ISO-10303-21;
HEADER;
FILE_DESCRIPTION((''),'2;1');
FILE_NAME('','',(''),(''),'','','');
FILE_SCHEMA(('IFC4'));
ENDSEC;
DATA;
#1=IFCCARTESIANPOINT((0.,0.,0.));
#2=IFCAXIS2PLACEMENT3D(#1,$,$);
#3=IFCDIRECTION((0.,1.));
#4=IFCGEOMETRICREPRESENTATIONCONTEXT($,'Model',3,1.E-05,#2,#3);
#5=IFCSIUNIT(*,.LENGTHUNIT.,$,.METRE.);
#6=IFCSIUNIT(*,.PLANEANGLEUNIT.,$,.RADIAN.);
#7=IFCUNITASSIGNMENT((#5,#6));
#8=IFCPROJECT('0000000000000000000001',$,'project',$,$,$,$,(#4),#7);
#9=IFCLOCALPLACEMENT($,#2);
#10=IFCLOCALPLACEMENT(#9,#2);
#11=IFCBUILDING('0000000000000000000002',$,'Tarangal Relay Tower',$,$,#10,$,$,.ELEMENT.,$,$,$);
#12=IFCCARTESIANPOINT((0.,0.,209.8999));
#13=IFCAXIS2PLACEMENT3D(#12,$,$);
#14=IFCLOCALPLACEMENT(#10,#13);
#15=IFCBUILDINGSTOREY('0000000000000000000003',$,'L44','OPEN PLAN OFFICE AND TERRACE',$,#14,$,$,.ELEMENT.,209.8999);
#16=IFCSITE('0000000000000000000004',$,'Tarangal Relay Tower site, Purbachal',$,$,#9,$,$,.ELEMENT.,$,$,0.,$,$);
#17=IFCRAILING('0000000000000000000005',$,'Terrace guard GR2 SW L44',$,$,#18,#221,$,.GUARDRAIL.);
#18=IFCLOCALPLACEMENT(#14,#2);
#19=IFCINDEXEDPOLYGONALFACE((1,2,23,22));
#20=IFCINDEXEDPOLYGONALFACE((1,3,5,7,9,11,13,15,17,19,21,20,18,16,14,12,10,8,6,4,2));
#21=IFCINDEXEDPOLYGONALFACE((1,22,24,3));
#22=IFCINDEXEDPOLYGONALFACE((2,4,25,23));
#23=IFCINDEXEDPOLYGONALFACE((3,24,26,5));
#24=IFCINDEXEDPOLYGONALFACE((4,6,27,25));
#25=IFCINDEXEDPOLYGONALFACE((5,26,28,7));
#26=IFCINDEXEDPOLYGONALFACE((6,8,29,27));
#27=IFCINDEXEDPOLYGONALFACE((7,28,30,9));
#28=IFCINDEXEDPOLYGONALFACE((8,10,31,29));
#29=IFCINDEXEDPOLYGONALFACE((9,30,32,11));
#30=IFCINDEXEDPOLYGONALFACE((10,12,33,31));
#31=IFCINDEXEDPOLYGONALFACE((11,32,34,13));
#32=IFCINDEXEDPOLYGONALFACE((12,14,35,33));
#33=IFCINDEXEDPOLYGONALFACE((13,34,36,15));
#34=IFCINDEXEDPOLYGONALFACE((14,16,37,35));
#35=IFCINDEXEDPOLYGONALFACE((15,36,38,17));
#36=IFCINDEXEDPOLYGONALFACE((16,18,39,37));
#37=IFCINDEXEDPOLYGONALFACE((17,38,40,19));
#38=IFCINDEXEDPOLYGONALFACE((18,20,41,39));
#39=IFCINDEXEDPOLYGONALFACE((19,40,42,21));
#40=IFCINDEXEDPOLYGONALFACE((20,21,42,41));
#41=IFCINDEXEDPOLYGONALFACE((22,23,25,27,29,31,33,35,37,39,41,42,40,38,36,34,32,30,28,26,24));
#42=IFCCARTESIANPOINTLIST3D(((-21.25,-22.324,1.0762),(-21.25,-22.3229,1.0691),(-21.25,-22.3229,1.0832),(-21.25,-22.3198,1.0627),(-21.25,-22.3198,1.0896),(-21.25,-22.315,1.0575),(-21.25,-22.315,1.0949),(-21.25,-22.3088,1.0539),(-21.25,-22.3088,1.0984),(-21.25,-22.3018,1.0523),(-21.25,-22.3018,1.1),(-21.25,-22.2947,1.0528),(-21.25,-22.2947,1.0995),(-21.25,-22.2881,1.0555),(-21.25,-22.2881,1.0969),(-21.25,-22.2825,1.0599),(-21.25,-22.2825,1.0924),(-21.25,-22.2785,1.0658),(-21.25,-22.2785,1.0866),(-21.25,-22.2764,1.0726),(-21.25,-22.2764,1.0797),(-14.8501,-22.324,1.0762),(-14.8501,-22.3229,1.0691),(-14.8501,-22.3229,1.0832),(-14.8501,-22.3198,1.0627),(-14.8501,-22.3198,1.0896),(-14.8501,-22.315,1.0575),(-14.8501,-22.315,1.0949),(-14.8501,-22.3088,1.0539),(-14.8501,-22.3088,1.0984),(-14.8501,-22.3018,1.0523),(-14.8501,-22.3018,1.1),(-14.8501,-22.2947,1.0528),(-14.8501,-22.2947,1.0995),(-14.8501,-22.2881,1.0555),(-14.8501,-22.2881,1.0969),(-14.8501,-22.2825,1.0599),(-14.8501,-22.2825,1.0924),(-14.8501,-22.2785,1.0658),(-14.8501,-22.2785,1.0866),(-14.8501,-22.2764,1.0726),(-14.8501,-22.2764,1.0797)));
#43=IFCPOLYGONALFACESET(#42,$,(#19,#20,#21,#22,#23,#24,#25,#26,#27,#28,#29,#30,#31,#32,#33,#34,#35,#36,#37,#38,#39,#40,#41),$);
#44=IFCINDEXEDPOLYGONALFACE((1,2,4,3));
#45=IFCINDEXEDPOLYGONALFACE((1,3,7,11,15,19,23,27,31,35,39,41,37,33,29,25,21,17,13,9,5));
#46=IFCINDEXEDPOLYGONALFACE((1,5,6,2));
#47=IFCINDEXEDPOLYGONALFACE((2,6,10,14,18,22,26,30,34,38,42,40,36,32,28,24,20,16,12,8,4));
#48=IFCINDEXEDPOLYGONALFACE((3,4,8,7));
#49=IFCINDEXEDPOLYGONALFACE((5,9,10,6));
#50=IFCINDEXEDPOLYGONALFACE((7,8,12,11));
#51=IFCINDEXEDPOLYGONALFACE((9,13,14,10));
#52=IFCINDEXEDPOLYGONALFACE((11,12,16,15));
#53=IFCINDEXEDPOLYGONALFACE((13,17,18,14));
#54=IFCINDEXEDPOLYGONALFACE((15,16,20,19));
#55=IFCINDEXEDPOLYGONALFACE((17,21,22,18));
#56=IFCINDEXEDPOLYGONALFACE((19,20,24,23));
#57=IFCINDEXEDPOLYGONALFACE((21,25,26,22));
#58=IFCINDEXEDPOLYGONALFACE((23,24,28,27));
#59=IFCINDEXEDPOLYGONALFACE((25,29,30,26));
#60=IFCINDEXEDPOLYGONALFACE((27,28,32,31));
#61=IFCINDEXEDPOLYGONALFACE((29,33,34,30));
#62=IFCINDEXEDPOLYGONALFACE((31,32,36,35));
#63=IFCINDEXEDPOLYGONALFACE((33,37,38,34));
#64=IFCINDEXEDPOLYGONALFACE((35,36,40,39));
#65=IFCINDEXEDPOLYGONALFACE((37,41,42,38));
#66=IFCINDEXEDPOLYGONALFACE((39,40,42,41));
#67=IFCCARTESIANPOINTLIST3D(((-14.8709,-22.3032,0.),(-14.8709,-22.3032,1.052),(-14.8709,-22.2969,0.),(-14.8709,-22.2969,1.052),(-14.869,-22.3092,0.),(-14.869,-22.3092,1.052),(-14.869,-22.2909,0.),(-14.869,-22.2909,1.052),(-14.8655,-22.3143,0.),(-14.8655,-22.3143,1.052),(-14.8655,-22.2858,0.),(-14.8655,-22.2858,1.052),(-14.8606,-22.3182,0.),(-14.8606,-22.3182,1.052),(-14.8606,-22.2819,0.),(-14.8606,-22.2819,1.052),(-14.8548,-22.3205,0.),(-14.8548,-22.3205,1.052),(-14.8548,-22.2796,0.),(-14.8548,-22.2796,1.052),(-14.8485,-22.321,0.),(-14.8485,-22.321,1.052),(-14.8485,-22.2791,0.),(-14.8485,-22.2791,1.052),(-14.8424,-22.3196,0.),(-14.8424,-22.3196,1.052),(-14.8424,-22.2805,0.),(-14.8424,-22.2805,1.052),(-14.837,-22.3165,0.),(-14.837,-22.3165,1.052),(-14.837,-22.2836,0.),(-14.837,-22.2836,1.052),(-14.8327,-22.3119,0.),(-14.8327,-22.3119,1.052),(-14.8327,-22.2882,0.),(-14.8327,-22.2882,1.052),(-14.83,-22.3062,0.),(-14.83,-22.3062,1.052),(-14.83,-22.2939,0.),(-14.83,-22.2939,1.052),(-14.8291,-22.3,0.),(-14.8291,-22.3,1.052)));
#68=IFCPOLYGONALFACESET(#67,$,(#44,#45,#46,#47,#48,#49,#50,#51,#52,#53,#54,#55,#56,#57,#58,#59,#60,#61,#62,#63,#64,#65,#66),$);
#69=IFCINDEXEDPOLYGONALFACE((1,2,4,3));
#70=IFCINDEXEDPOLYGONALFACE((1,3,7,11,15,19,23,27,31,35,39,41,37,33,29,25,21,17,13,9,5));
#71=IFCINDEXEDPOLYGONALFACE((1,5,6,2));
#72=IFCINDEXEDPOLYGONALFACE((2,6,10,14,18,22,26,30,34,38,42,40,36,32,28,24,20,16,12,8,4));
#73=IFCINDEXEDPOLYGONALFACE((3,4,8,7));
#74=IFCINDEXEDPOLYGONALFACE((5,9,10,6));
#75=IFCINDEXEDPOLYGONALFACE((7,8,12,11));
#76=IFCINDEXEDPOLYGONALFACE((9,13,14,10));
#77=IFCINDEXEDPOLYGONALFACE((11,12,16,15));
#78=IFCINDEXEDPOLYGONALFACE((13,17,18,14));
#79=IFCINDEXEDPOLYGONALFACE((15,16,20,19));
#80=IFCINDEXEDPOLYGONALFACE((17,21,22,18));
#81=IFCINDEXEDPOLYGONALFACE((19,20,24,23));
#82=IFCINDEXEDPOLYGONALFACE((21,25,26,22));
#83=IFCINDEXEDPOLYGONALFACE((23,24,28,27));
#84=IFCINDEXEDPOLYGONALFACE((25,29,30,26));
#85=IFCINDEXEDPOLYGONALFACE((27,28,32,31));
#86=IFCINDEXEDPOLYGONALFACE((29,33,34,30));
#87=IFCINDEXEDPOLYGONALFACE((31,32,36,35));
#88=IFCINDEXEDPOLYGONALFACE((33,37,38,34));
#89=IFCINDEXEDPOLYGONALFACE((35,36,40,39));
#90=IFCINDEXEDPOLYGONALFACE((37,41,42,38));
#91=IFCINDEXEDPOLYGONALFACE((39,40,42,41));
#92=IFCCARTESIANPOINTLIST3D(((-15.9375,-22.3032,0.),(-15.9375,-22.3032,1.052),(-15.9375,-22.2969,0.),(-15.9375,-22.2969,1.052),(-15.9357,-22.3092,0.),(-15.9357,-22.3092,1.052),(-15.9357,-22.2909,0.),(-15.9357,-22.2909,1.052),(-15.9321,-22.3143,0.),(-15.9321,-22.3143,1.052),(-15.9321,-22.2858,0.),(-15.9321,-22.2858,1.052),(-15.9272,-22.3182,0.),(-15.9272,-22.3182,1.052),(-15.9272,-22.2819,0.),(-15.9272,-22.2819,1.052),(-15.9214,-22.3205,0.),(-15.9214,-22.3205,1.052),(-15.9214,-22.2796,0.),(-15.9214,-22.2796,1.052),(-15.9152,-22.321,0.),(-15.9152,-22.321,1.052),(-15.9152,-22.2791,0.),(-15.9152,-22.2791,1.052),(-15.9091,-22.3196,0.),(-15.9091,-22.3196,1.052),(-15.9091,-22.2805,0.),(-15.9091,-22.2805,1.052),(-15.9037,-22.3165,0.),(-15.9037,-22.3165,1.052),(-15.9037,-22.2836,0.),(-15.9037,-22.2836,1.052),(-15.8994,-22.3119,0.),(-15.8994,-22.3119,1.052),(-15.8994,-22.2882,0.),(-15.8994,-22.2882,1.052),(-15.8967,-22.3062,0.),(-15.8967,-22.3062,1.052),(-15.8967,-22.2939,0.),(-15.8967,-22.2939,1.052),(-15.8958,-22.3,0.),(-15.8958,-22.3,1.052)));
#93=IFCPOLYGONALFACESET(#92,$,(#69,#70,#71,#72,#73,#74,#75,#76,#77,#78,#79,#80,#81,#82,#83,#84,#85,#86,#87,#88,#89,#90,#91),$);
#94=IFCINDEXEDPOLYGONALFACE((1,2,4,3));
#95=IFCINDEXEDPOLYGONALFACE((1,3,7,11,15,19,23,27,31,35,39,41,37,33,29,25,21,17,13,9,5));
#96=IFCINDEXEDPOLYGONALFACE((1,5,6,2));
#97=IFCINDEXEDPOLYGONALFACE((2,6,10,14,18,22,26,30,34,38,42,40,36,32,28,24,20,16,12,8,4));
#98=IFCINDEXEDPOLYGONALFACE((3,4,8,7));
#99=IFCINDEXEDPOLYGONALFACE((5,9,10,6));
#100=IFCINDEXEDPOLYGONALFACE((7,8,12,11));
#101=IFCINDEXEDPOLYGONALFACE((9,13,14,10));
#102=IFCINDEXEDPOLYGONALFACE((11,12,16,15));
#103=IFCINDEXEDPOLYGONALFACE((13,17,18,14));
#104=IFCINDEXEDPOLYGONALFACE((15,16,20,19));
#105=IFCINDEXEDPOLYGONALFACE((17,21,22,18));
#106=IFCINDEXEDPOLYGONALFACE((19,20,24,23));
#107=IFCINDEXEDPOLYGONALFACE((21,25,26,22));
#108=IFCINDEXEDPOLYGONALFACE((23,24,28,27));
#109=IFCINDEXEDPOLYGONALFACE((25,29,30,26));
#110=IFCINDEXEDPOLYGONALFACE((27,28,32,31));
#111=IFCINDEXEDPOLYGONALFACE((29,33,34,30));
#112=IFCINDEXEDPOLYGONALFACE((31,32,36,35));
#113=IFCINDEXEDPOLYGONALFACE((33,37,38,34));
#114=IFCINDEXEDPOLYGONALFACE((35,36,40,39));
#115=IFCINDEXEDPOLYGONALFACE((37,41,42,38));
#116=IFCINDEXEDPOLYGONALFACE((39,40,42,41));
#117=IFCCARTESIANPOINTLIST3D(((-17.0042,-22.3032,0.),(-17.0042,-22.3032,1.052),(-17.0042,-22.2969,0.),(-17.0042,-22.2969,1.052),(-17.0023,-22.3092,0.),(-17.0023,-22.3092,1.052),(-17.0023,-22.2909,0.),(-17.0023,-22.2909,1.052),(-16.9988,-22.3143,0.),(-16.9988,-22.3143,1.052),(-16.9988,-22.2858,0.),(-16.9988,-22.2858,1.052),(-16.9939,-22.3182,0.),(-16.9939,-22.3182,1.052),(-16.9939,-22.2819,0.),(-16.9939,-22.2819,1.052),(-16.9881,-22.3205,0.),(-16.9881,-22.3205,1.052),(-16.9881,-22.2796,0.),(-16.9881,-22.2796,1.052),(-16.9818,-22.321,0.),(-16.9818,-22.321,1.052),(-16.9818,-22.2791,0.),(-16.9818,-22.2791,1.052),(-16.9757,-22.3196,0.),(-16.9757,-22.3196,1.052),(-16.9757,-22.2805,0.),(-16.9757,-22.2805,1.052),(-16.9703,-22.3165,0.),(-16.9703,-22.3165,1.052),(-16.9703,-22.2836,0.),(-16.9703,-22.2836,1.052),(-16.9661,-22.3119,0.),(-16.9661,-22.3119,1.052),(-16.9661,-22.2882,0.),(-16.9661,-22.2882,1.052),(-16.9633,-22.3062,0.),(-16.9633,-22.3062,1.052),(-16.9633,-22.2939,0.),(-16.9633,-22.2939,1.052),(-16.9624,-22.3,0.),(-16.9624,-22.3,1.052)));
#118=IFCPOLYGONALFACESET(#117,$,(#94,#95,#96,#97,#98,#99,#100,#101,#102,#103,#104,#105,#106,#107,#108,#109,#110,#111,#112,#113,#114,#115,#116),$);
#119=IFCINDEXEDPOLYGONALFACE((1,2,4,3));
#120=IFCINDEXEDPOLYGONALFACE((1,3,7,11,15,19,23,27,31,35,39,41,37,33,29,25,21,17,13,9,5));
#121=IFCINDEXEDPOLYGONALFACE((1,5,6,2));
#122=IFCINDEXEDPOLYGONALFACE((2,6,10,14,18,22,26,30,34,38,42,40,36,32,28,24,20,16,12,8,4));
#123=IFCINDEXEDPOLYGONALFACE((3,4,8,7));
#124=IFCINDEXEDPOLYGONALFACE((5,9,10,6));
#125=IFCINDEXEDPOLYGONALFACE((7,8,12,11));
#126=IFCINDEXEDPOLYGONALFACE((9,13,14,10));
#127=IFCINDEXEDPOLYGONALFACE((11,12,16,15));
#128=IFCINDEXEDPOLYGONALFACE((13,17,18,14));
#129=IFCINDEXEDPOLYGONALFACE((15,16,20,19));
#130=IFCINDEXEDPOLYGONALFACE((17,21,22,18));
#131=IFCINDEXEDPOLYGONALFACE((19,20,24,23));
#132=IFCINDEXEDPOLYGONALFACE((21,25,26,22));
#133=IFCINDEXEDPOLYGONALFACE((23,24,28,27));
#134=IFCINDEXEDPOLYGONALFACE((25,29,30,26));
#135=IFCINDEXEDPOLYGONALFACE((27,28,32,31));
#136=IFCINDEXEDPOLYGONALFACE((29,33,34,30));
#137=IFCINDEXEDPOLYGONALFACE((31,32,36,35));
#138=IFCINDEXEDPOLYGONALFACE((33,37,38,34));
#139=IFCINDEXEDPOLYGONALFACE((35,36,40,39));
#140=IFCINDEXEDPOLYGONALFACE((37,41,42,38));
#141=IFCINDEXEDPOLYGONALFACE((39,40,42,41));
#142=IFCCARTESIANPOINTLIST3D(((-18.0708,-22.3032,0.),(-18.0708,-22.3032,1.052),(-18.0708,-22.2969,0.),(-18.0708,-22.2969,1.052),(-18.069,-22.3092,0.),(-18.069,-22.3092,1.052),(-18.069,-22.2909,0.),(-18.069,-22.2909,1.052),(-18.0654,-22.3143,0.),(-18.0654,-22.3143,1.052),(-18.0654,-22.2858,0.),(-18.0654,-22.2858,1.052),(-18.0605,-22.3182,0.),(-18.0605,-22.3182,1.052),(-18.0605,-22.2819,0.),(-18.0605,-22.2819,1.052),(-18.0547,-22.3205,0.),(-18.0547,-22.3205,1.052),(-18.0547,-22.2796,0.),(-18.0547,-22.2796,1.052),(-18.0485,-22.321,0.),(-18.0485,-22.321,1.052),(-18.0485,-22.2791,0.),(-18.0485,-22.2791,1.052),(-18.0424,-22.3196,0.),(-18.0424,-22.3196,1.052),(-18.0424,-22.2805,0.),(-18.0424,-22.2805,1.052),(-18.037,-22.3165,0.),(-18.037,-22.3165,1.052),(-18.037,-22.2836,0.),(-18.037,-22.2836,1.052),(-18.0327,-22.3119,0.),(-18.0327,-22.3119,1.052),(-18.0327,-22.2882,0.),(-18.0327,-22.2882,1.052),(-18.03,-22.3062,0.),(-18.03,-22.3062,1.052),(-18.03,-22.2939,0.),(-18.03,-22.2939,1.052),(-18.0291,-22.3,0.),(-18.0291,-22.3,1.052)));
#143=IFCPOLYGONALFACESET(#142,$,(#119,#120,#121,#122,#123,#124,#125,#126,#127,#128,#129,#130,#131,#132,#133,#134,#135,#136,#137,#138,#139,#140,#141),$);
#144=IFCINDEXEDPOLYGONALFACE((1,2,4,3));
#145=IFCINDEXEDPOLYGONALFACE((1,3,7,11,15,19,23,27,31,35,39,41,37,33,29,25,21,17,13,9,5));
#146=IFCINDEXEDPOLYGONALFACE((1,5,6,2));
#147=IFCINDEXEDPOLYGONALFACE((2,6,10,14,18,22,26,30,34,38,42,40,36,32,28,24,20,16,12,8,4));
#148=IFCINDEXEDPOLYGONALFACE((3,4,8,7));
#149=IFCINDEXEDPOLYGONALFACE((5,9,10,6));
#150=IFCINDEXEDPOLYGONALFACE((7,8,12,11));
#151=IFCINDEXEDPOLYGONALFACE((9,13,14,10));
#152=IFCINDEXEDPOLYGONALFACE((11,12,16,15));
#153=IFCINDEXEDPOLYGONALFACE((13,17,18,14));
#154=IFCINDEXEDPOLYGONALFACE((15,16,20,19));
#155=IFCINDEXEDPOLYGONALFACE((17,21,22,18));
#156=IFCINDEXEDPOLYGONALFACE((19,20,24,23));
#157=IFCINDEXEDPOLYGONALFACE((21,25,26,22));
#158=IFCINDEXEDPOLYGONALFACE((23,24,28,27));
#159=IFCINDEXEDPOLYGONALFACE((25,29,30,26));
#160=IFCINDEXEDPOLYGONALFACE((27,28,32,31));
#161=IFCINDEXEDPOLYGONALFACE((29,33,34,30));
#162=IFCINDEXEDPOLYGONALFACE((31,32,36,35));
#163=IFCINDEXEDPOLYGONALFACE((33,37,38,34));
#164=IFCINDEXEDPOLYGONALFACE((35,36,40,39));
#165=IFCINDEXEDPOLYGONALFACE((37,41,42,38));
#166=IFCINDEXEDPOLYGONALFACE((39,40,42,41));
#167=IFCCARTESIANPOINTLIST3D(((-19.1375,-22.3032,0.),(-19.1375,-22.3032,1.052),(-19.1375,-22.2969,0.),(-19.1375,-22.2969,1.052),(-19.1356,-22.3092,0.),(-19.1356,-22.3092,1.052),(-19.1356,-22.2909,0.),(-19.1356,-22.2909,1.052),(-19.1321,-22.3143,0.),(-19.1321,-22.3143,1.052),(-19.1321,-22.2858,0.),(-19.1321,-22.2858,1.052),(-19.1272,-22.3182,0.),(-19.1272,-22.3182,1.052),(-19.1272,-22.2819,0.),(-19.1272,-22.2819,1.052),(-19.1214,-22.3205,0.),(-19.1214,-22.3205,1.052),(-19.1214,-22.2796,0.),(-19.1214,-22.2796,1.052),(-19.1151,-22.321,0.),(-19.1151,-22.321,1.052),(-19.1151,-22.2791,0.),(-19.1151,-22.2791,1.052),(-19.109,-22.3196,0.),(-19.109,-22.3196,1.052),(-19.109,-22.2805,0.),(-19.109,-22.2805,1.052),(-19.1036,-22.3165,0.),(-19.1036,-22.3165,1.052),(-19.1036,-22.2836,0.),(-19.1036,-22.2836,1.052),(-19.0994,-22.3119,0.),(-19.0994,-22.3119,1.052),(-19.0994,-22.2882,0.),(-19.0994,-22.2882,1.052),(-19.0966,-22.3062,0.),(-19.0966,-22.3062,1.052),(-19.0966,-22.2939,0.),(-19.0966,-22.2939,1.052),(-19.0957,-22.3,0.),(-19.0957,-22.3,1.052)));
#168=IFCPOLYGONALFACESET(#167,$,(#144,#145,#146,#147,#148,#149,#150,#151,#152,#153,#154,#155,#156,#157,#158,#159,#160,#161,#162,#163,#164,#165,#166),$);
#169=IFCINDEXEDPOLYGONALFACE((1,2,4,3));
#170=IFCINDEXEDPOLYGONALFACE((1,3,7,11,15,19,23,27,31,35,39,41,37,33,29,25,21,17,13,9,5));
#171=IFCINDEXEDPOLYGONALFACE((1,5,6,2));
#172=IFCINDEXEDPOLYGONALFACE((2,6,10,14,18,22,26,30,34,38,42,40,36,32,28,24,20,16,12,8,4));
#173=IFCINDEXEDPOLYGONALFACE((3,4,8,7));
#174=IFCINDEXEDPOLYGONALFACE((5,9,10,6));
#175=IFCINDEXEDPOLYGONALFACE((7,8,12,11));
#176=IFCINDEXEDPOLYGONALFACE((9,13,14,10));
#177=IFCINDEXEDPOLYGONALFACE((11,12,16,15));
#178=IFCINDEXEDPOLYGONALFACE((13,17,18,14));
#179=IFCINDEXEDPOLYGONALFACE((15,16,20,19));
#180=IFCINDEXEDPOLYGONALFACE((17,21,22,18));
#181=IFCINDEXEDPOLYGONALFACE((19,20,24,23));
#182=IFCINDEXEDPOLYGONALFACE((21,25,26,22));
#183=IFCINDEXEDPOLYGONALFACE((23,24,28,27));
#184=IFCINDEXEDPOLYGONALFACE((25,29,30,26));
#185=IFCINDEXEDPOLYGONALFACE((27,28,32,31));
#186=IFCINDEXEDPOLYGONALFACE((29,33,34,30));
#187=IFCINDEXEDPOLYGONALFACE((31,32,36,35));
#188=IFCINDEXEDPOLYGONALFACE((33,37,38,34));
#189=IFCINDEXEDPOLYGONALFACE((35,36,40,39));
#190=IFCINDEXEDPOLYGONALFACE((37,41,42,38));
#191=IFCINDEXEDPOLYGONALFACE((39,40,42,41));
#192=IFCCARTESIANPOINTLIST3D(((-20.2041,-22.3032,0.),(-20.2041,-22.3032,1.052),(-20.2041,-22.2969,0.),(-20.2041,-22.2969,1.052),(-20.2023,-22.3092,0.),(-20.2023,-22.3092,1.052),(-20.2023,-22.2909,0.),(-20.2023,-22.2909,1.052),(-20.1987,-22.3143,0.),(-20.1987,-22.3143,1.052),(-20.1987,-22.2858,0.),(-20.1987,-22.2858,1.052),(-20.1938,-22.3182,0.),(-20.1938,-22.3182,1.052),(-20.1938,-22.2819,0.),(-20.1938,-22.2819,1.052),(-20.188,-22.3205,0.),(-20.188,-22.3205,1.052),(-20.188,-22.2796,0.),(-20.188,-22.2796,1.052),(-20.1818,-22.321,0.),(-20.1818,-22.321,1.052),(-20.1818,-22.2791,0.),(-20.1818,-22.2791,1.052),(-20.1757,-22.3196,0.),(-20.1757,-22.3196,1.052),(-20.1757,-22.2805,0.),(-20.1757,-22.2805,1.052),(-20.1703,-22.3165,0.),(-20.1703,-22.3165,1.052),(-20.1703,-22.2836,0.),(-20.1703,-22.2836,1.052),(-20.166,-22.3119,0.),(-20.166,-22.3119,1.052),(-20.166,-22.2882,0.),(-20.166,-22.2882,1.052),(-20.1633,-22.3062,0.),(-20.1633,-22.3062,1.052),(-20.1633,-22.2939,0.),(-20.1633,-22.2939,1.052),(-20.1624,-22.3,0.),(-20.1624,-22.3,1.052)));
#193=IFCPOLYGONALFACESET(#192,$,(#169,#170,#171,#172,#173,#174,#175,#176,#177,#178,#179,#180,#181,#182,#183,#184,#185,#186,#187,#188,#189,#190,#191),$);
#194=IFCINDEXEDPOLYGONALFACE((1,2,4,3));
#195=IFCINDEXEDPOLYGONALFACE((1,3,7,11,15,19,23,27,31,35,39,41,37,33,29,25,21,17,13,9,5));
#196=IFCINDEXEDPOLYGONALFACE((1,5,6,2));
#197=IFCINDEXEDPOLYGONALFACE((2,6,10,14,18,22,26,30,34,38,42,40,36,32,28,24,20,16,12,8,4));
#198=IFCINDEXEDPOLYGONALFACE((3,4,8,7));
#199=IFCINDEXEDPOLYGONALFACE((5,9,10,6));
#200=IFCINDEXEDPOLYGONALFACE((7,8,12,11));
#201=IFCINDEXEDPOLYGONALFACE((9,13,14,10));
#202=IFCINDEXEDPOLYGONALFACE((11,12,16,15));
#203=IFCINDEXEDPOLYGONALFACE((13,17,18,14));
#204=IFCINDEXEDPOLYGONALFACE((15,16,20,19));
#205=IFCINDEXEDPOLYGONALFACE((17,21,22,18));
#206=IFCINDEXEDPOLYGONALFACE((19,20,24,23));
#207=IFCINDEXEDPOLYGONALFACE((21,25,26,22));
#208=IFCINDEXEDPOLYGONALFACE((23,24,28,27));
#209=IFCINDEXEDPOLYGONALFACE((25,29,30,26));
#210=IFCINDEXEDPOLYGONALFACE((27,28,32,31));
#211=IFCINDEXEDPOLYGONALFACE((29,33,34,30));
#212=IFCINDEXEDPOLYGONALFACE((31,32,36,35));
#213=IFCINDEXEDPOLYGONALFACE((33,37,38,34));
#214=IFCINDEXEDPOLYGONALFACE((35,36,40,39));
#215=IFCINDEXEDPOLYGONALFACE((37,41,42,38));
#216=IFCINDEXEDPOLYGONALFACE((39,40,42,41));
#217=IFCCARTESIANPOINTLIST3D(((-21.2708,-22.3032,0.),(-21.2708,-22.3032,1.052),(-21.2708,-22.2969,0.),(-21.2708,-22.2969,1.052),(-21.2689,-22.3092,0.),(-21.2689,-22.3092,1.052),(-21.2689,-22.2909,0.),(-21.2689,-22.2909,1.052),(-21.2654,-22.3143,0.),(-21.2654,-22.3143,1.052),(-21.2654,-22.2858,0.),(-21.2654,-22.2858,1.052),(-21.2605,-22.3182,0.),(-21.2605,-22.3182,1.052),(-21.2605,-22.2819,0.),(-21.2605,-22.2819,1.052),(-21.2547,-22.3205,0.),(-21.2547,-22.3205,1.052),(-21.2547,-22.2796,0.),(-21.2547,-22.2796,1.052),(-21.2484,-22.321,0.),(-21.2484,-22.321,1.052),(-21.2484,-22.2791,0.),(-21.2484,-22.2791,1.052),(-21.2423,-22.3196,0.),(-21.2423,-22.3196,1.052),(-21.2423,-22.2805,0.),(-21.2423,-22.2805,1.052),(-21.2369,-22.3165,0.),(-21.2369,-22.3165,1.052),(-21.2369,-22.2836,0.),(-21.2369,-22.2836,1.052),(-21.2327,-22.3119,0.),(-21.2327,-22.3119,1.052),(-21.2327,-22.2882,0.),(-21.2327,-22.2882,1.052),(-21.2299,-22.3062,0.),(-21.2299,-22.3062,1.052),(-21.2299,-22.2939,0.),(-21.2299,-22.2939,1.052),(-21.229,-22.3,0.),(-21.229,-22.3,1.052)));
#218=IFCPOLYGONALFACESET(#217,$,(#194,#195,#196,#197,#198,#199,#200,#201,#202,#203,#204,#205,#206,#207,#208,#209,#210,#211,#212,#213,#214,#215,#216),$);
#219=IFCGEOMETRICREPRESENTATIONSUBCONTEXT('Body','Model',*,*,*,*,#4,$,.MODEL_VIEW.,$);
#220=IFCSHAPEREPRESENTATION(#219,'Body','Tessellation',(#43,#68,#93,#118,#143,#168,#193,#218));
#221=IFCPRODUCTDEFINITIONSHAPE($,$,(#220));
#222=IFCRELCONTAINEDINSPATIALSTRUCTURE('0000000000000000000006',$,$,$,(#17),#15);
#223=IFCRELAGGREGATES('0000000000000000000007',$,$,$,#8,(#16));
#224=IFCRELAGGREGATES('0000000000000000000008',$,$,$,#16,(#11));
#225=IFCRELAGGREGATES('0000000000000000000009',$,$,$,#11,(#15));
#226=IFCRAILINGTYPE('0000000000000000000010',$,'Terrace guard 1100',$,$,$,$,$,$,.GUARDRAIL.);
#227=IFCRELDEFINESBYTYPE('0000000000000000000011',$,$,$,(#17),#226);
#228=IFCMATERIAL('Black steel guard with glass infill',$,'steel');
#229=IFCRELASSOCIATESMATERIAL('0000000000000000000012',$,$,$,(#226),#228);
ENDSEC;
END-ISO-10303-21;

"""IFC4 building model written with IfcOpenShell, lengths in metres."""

from ifc_helpers import new_model, si_unit, direction, frame, origin, origin_2d, place, context, subcontext, project, spatial, circle, extrude, material, type_object, element, save


model = new_model("IFC4")

# Units and contexts
model_context = context("Model", 3, precision=1e-05, world=origin(), true_north=direction((0.0, 1.0)))
body_context = subcontext(model_context, "Body", "Model", "MODEL_VIEW")
ifc_project = project(units=[si_unit("LENGTHUNIT", "METRE"), si_unit("PLANEANGLEUNIT", "RADIAN")], contexts=[model_context])

# Site, building, storey
site_placement = place(None, origin())
site = spatial("IfcSite", under=ifc_project, at=site_placement, Name="Tarangal Relay Tower site, Purbachal", CompositionType="ELEMENT", RefElevation=0.0)
building_placement = place(site_placement, origin())
building = spatial("IfcBuilding", under=site, at=building_placement, Name="Tarangal Relay Tower", CompositionType="ELEMENT")
storey_placement = place(building_placement, frame((0.0, 0.0, 209.8999)))
storey = spatial("IfcBuildingStorey", under=building, at=storey_placement, Name="L44", Description="OPEN PLAN OFFICE AND TERRACE", CompositionType="ELEMENT", Elevation=209.8999)

# Railing
ifc_material_1 = material(Name="Black steel guard with glass infill", Category="steel")
railing_type = type_object("IfcRailingType", Name="Terrace guard 1100", PredefinedType="GUARDRAIL", material=ifc_material_1)
railing_1_placement = place(storey_placement, frame((-14.8501, -22.3, 0.0)))
element("IfcRailing", 1, at=railing_1_placement, inside=storey, type_object=railing_type, Name="Terrace guard GR2 SW L44", PredefinedType="GUARDRAIL", context=body_context, shape_type="SweptSolid", body=[
    extrude(circle(Radius=0.0239, at=origin_2d()), frame((0.0, 0.0, 1.0762), z_axis=(-1.0, 0.0, 0.0), x_axis=(0.0, -1.0, 0.0)), (0.0, 0.0, 1.0), 6.3999),
    extrude(circle(Radius=0.021, at=origin_2d()), origin(), (0.0, 0.0, 1.0), 1.052),
    extrude(circle(Radius=0.021, at=origin_2d()), frame((-1.0667, 0.0, 0.0)), (0.0, 0.0, 1.0), 1.052),
    extrude(circle(Radius=0.021, at=origin_2d()), frame((-2.1333, 0.0, 0.0)), (0.0, 0.0, 1.0), 1.052),
    extrude(circle(Radius=0.021, at=origin_2d()), frame((-3.2, 0.0, 0.0)), (0.0, 0.0, 1.0), 1.052),
    extrude(circle(Radius=0.021, at=origin_2d()), frame((-4.2666, 0.0, 0.0)), (0.0, 0.0, 1.0), 1.052),
    extrude(circle(Radius=0.021, at=origin_2d()), frame((-5.3333, 0.0, 0.0)), (0.0, 0.0, 1.0), 1.052),
    extrude(circle(Radius=0.021, at=origin_2d()), frame((-6.3999, 0.0, 0.0)), (0.0, 0.0, 1.0), 1.052),
])

save(model, "model.ifc")
